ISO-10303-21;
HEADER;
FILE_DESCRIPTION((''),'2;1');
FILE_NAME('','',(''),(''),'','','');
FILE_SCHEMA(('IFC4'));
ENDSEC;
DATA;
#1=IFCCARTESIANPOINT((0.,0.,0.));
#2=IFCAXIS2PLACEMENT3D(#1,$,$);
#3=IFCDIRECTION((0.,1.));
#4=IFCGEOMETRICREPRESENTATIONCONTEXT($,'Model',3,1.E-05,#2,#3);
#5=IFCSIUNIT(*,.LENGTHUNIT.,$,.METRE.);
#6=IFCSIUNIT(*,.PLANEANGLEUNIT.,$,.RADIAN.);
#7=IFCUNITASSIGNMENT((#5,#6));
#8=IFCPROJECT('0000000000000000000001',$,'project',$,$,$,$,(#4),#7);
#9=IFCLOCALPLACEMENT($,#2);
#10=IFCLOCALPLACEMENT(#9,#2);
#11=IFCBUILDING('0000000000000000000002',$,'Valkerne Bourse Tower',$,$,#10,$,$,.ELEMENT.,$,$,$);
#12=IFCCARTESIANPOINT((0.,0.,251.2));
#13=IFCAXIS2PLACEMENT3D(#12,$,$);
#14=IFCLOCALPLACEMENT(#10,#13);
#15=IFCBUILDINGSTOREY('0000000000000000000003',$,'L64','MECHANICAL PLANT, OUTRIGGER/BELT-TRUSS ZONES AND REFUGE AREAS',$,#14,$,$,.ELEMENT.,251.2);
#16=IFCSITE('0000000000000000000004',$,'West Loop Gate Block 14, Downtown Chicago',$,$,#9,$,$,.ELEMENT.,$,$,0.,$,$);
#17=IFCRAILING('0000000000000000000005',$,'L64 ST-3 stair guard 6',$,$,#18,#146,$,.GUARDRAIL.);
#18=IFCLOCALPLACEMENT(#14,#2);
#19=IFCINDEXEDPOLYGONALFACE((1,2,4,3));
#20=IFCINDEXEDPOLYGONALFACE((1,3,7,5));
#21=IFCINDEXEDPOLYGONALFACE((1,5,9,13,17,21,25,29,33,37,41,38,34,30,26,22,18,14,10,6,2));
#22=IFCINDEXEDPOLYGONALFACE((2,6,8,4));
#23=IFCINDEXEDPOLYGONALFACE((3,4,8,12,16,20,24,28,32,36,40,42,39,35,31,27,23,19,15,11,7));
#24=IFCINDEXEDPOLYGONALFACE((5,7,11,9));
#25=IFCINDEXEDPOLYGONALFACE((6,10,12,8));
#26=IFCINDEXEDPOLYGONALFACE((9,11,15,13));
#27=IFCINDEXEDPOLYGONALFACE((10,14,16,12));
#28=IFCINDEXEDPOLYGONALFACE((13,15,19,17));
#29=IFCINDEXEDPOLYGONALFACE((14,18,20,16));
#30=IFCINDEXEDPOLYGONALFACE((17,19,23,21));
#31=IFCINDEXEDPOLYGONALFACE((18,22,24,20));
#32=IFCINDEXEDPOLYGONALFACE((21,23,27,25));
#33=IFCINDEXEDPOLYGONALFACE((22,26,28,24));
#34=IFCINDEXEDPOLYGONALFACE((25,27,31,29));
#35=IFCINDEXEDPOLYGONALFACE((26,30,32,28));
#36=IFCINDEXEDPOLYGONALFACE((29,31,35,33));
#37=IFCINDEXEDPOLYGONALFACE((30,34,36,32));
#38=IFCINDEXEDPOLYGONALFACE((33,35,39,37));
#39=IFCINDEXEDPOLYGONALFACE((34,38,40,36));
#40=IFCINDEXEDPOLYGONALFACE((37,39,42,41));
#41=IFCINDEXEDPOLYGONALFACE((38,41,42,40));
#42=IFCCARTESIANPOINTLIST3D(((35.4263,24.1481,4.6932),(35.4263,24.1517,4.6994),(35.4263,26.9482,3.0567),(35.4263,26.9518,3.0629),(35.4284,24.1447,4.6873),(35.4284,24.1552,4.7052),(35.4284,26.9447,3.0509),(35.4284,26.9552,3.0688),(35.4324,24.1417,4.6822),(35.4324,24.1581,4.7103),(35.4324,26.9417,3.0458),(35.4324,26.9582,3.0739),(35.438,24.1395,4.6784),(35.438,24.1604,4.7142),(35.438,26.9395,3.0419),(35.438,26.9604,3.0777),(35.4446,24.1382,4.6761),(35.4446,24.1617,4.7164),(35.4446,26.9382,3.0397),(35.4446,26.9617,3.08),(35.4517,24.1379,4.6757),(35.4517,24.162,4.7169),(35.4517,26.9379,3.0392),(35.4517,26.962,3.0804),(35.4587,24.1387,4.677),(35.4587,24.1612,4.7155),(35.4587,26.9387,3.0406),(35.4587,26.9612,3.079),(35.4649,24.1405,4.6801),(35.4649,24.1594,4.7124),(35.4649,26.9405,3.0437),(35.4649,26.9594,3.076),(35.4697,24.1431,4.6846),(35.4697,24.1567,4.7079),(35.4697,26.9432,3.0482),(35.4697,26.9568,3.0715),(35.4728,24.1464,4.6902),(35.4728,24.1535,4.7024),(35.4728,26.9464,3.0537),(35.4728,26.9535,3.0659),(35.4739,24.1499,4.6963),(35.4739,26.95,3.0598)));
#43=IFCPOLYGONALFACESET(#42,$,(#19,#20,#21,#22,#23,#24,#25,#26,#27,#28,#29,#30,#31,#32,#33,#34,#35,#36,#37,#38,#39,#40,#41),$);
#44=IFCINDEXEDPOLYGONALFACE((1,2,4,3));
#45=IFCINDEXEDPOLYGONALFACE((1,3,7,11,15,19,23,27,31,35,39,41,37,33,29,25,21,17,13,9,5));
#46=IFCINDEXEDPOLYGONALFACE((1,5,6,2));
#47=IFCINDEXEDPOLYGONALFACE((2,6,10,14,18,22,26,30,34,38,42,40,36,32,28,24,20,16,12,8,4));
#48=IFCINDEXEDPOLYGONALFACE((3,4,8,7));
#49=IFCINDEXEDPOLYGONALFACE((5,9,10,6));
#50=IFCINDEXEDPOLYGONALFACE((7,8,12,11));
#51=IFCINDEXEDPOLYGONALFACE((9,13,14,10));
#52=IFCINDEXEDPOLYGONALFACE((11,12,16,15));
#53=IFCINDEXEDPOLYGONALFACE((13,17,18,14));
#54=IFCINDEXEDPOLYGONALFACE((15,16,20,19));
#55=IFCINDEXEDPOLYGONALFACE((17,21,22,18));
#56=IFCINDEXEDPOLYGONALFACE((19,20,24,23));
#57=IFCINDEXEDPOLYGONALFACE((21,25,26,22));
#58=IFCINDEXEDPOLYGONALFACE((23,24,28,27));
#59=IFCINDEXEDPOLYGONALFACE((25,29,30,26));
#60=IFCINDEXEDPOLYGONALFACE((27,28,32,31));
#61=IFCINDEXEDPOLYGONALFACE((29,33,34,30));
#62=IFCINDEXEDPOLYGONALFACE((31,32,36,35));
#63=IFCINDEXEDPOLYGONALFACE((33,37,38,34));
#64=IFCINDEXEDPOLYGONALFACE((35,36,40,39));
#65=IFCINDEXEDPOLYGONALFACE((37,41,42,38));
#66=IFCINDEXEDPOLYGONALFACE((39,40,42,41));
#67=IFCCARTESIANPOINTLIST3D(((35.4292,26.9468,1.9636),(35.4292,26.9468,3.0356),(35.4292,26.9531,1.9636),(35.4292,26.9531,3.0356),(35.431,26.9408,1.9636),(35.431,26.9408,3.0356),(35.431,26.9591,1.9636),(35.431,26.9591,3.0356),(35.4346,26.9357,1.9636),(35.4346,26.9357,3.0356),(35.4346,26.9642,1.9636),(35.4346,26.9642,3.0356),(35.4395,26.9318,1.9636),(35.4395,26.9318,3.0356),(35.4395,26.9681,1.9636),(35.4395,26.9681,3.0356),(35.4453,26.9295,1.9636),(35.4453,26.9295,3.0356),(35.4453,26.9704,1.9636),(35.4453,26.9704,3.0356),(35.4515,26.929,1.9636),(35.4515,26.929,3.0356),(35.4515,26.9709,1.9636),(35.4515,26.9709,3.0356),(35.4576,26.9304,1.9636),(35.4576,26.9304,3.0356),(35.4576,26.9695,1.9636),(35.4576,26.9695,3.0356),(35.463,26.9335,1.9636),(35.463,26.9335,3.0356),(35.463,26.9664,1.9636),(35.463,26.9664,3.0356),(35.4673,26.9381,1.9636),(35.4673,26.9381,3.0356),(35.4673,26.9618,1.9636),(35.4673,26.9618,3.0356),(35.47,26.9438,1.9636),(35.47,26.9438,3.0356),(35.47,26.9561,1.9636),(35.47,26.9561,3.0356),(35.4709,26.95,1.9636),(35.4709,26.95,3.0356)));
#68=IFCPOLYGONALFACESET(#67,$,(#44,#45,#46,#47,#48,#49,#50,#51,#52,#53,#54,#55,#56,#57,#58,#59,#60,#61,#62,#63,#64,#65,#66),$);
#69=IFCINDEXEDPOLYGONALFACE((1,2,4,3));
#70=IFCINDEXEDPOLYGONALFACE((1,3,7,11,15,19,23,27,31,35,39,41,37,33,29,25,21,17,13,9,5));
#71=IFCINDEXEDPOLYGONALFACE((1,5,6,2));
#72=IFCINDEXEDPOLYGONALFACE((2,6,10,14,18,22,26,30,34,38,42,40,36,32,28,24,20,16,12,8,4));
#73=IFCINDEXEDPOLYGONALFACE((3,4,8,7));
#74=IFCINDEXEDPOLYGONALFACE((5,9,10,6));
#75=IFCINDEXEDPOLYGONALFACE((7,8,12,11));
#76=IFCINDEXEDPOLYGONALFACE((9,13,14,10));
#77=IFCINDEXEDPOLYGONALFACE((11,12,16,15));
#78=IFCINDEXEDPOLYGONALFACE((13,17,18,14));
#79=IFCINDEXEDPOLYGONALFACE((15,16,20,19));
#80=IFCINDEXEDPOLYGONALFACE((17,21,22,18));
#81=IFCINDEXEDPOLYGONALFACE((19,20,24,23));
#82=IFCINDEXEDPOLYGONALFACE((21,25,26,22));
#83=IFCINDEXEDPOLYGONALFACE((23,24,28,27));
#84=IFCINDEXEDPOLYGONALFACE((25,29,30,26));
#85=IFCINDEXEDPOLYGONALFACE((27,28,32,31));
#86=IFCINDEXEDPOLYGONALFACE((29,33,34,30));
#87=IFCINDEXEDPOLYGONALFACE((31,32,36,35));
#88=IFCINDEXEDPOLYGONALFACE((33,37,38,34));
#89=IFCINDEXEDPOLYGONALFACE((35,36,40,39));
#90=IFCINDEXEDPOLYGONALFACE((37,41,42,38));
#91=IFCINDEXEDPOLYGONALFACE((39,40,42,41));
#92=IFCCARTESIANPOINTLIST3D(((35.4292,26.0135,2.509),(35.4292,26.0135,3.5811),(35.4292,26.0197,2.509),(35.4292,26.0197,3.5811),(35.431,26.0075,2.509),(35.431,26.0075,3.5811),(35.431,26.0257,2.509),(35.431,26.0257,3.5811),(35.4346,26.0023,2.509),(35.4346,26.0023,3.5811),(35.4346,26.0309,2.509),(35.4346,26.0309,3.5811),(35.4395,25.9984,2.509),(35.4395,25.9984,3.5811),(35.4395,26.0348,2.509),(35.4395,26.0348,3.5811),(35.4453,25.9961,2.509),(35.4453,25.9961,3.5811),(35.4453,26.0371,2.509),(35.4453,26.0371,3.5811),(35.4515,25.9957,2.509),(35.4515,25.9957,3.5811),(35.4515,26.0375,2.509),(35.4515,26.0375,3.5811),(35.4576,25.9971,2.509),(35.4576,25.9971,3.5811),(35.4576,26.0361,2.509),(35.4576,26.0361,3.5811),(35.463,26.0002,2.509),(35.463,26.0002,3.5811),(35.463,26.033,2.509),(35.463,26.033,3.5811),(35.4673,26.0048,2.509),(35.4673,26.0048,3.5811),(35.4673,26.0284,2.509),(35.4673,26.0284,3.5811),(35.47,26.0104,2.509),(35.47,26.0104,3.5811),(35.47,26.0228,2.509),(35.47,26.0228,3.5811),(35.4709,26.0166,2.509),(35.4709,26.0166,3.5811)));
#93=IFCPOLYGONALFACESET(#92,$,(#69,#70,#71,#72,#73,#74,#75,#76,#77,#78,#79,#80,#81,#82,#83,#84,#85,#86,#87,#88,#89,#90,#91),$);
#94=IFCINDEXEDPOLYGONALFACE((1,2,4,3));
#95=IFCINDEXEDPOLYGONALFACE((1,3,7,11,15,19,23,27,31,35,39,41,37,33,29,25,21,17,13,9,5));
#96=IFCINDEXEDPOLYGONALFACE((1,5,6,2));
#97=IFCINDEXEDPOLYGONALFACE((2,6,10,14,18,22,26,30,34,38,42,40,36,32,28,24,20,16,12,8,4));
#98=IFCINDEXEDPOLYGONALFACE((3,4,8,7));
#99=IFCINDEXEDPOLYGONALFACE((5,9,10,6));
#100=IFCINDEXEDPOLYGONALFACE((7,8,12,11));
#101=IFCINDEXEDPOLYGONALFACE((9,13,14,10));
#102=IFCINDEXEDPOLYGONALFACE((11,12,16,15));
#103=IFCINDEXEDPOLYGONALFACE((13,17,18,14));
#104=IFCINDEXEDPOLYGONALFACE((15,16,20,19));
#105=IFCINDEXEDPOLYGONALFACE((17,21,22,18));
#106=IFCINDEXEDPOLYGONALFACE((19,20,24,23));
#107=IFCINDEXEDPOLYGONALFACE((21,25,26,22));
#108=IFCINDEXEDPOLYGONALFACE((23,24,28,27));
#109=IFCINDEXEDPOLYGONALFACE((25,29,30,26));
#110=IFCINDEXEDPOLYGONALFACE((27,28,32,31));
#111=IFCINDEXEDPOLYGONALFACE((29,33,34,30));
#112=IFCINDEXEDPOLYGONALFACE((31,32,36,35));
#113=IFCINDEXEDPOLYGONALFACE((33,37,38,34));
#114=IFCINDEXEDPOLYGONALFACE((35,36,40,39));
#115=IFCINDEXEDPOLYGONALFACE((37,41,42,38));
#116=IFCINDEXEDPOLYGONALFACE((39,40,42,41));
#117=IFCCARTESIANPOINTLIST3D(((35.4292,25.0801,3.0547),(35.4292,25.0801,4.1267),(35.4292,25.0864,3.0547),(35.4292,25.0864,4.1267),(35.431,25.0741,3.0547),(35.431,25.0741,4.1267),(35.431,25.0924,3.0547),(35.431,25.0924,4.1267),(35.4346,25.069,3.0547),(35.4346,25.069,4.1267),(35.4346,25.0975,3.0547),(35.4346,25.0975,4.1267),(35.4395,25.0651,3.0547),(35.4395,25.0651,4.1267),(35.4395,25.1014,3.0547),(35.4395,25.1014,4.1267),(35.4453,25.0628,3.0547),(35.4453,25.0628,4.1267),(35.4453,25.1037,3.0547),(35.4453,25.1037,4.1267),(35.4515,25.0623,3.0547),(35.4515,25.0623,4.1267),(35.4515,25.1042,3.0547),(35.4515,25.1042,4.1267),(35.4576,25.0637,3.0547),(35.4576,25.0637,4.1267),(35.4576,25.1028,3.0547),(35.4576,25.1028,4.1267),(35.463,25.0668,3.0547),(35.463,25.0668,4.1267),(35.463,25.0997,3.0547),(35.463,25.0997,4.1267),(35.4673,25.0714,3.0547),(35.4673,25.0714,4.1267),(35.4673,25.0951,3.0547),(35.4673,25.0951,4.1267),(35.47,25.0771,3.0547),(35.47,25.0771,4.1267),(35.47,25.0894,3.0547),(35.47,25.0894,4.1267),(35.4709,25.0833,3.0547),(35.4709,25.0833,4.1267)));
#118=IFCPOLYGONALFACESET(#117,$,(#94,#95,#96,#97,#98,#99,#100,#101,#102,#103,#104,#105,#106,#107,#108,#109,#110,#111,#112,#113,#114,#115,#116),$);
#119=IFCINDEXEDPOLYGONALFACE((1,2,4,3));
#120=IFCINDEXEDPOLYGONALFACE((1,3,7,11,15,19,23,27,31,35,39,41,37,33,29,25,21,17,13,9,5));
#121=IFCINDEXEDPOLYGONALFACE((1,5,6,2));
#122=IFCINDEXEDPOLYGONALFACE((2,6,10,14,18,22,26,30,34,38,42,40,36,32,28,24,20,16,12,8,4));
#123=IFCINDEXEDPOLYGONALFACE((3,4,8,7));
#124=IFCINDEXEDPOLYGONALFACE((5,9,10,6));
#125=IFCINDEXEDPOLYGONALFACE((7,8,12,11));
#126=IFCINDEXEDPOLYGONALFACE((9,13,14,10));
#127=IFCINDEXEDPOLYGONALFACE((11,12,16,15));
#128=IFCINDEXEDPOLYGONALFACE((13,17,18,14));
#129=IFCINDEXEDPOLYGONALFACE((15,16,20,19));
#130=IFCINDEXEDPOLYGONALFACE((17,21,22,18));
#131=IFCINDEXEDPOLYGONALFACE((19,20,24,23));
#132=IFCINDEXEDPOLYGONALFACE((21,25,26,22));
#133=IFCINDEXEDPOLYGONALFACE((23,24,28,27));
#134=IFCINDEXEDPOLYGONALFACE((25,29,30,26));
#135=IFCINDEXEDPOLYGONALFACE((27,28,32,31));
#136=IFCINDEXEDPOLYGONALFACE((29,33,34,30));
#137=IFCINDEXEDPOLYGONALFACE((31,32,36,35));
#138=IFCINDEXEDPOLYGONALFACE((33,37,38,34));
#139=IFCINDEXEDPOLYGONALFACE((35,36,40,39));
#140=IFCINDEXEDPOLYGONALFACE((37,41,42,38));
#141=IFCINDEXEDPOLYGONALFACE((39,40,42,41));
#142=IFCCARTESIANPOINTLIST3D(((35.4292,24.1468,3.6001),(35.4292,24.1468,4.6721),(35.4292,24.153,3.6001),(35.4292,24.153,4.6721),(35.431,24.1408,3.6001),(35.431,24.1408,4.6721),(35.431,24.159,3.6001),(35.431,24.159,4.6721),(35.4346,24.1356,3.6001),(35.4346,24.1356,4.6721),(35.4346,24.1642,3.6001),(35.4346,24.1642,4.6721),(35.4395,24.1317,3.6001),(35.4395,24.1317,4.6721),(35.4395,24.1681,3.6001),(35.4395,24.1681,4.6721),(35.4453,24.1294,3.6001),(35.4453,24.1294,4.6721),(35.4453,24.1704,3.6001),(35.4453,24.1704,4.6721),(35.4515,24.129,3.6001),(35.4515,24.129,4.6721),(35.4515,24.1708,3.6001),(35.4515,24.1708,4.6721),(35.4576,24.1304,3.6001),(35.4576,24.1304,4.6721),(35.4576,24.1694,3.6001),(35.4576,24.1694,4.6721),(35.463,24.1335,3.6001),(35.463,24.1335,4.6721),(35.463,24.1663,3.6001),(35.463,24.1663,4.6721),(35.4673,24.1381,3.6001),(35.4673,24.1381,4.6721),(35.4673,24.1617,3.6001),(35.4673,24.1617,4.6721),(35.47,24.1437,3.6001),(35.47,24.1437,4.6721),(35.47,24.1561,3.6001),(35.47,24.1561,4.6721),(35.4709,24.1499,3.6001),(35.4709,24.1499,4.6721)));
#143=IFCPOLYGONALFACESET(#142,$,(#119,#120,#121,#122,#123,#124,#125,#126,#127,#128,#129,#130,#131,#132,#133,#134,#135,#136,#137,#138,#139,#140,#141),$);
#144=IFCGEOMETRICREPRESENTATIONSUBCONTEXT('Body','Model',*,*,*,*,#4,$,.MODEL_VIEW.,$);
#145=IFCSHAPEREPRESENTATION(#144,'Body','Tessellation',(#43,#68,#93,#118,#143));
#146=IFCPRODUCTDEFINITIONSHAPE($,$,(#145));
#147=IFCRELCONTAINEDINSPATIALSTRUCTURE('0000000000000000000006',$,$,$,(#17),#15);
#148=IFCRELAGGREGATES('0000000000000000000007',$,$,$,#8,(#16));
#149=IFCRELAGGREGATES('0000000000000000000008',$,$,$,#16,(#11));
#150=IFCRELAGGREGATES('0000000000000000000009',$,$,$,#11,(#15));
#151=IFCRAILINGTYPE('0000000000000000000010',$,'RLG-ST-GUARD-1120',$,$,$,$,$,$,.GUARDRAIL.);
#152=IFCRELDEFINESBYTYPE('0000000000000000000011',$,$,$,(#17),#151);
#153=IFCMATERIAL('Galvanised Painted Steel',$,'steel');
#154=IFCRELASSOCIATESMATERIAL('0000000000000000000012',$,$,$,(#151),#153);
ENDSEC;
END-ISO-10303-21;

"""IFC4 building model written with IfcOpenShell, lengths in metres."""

from ifc_helpers import new_model, si_unit, direction, frame, origin, origin_2d, place, context, subcontext, project, spatial, circle, extrude, material, type_object, element, save


model = new_model("IFC4")

# Units and contexts
model_context = context("Model", 3, precision=1e-05, world=origin(), true_north=direction((0.0, 1.0)))
body_context = subcontext(model_context, "Body", "Model", "MODEL_VIEW")
ifc_project = project(units=[si_unit("LENGTHUNIT", "METRE"), si_unit("PLANEANGLEUNIT", "RADIAN")], contexts=[model_context])

# Site, building, storey
site_placement = place(None, origin())
site = spatial("IfcSite", under=ifc_project, at=site_placement, Name="West Loop Gate Block 14, Downtown Chicago", CompositionType="ELEMENT", RefElevation=0.0)
building_placement = place(site_placement, origin())
building = spatial("IfcBuilding", under=site, at=building_placement, Name="Valkerne Bourse Tower", CompositionType="ELEMENT")
storey_placement = place(building_placement, frame((0.0, 0.0, 251.2)))
storey = spatial("IfcBuildingStorey", under=building, at=storey_placement, Name="L64", Description="MECHANICAL PLANT, OUTRIGGER/BELT-TRUSS ZONES AND REFUGE AREAS", CompositionType="ELEMENT", Elevation=251.2)

# Railing
ifc_material_1 = material(Name="Galvanised Painted Steel", Category="steel")
railing_type_1 = type_object("IfcRailingType", Name="RLG-ST-GUARD-1120", PredefinedType="GUARDRAIL", material=ifc_material_1)
railing_1_placement = place(storey_placement, frame((35.45, 26.95, 1.9636)))
element("IfcRailing", 1, at=railing_1_placement, inside=storey, type_object=railing_type_1, Name="L64 ST-3 stair guard 6", PredefinedType="GUARDRAIL", context=body_context, shape_type="SweptSolid", body=[
    extrude(circle(Radius=0.0239, at=origin_2d()), frame((0.0, 0.0, 1.0962), z_axis=(0.0, -0.863361, 0.504587), x_axis=(1.0, 0.0, 0.0)), (0.0, 0.0, 1.0), 3.2432),
    extrude(circle(Radius=0.021, at=origin_2d()), origin(), (0.0, 0.0, 1.0), 1.072),
    extrude(circle(Radius=0.021, at=origin_2d()), frame((0.0, -0.9333, 0.5454)), (0.0, 0.0, 1.0), 1.072),
    extrude(circle(Radius=0.021, at=origin_2d()), frame((0.0, -1.8667, 1.0911)), (0.0, 0.0, 1.0), 1.072),
    extrude(circle(Radius=0.021, at=origin_2d()), frame((0.0, -2.8, 1.6365)), (0.0, 0.0, 1.0), 1.072),
])

save(model, "model.ifc")
